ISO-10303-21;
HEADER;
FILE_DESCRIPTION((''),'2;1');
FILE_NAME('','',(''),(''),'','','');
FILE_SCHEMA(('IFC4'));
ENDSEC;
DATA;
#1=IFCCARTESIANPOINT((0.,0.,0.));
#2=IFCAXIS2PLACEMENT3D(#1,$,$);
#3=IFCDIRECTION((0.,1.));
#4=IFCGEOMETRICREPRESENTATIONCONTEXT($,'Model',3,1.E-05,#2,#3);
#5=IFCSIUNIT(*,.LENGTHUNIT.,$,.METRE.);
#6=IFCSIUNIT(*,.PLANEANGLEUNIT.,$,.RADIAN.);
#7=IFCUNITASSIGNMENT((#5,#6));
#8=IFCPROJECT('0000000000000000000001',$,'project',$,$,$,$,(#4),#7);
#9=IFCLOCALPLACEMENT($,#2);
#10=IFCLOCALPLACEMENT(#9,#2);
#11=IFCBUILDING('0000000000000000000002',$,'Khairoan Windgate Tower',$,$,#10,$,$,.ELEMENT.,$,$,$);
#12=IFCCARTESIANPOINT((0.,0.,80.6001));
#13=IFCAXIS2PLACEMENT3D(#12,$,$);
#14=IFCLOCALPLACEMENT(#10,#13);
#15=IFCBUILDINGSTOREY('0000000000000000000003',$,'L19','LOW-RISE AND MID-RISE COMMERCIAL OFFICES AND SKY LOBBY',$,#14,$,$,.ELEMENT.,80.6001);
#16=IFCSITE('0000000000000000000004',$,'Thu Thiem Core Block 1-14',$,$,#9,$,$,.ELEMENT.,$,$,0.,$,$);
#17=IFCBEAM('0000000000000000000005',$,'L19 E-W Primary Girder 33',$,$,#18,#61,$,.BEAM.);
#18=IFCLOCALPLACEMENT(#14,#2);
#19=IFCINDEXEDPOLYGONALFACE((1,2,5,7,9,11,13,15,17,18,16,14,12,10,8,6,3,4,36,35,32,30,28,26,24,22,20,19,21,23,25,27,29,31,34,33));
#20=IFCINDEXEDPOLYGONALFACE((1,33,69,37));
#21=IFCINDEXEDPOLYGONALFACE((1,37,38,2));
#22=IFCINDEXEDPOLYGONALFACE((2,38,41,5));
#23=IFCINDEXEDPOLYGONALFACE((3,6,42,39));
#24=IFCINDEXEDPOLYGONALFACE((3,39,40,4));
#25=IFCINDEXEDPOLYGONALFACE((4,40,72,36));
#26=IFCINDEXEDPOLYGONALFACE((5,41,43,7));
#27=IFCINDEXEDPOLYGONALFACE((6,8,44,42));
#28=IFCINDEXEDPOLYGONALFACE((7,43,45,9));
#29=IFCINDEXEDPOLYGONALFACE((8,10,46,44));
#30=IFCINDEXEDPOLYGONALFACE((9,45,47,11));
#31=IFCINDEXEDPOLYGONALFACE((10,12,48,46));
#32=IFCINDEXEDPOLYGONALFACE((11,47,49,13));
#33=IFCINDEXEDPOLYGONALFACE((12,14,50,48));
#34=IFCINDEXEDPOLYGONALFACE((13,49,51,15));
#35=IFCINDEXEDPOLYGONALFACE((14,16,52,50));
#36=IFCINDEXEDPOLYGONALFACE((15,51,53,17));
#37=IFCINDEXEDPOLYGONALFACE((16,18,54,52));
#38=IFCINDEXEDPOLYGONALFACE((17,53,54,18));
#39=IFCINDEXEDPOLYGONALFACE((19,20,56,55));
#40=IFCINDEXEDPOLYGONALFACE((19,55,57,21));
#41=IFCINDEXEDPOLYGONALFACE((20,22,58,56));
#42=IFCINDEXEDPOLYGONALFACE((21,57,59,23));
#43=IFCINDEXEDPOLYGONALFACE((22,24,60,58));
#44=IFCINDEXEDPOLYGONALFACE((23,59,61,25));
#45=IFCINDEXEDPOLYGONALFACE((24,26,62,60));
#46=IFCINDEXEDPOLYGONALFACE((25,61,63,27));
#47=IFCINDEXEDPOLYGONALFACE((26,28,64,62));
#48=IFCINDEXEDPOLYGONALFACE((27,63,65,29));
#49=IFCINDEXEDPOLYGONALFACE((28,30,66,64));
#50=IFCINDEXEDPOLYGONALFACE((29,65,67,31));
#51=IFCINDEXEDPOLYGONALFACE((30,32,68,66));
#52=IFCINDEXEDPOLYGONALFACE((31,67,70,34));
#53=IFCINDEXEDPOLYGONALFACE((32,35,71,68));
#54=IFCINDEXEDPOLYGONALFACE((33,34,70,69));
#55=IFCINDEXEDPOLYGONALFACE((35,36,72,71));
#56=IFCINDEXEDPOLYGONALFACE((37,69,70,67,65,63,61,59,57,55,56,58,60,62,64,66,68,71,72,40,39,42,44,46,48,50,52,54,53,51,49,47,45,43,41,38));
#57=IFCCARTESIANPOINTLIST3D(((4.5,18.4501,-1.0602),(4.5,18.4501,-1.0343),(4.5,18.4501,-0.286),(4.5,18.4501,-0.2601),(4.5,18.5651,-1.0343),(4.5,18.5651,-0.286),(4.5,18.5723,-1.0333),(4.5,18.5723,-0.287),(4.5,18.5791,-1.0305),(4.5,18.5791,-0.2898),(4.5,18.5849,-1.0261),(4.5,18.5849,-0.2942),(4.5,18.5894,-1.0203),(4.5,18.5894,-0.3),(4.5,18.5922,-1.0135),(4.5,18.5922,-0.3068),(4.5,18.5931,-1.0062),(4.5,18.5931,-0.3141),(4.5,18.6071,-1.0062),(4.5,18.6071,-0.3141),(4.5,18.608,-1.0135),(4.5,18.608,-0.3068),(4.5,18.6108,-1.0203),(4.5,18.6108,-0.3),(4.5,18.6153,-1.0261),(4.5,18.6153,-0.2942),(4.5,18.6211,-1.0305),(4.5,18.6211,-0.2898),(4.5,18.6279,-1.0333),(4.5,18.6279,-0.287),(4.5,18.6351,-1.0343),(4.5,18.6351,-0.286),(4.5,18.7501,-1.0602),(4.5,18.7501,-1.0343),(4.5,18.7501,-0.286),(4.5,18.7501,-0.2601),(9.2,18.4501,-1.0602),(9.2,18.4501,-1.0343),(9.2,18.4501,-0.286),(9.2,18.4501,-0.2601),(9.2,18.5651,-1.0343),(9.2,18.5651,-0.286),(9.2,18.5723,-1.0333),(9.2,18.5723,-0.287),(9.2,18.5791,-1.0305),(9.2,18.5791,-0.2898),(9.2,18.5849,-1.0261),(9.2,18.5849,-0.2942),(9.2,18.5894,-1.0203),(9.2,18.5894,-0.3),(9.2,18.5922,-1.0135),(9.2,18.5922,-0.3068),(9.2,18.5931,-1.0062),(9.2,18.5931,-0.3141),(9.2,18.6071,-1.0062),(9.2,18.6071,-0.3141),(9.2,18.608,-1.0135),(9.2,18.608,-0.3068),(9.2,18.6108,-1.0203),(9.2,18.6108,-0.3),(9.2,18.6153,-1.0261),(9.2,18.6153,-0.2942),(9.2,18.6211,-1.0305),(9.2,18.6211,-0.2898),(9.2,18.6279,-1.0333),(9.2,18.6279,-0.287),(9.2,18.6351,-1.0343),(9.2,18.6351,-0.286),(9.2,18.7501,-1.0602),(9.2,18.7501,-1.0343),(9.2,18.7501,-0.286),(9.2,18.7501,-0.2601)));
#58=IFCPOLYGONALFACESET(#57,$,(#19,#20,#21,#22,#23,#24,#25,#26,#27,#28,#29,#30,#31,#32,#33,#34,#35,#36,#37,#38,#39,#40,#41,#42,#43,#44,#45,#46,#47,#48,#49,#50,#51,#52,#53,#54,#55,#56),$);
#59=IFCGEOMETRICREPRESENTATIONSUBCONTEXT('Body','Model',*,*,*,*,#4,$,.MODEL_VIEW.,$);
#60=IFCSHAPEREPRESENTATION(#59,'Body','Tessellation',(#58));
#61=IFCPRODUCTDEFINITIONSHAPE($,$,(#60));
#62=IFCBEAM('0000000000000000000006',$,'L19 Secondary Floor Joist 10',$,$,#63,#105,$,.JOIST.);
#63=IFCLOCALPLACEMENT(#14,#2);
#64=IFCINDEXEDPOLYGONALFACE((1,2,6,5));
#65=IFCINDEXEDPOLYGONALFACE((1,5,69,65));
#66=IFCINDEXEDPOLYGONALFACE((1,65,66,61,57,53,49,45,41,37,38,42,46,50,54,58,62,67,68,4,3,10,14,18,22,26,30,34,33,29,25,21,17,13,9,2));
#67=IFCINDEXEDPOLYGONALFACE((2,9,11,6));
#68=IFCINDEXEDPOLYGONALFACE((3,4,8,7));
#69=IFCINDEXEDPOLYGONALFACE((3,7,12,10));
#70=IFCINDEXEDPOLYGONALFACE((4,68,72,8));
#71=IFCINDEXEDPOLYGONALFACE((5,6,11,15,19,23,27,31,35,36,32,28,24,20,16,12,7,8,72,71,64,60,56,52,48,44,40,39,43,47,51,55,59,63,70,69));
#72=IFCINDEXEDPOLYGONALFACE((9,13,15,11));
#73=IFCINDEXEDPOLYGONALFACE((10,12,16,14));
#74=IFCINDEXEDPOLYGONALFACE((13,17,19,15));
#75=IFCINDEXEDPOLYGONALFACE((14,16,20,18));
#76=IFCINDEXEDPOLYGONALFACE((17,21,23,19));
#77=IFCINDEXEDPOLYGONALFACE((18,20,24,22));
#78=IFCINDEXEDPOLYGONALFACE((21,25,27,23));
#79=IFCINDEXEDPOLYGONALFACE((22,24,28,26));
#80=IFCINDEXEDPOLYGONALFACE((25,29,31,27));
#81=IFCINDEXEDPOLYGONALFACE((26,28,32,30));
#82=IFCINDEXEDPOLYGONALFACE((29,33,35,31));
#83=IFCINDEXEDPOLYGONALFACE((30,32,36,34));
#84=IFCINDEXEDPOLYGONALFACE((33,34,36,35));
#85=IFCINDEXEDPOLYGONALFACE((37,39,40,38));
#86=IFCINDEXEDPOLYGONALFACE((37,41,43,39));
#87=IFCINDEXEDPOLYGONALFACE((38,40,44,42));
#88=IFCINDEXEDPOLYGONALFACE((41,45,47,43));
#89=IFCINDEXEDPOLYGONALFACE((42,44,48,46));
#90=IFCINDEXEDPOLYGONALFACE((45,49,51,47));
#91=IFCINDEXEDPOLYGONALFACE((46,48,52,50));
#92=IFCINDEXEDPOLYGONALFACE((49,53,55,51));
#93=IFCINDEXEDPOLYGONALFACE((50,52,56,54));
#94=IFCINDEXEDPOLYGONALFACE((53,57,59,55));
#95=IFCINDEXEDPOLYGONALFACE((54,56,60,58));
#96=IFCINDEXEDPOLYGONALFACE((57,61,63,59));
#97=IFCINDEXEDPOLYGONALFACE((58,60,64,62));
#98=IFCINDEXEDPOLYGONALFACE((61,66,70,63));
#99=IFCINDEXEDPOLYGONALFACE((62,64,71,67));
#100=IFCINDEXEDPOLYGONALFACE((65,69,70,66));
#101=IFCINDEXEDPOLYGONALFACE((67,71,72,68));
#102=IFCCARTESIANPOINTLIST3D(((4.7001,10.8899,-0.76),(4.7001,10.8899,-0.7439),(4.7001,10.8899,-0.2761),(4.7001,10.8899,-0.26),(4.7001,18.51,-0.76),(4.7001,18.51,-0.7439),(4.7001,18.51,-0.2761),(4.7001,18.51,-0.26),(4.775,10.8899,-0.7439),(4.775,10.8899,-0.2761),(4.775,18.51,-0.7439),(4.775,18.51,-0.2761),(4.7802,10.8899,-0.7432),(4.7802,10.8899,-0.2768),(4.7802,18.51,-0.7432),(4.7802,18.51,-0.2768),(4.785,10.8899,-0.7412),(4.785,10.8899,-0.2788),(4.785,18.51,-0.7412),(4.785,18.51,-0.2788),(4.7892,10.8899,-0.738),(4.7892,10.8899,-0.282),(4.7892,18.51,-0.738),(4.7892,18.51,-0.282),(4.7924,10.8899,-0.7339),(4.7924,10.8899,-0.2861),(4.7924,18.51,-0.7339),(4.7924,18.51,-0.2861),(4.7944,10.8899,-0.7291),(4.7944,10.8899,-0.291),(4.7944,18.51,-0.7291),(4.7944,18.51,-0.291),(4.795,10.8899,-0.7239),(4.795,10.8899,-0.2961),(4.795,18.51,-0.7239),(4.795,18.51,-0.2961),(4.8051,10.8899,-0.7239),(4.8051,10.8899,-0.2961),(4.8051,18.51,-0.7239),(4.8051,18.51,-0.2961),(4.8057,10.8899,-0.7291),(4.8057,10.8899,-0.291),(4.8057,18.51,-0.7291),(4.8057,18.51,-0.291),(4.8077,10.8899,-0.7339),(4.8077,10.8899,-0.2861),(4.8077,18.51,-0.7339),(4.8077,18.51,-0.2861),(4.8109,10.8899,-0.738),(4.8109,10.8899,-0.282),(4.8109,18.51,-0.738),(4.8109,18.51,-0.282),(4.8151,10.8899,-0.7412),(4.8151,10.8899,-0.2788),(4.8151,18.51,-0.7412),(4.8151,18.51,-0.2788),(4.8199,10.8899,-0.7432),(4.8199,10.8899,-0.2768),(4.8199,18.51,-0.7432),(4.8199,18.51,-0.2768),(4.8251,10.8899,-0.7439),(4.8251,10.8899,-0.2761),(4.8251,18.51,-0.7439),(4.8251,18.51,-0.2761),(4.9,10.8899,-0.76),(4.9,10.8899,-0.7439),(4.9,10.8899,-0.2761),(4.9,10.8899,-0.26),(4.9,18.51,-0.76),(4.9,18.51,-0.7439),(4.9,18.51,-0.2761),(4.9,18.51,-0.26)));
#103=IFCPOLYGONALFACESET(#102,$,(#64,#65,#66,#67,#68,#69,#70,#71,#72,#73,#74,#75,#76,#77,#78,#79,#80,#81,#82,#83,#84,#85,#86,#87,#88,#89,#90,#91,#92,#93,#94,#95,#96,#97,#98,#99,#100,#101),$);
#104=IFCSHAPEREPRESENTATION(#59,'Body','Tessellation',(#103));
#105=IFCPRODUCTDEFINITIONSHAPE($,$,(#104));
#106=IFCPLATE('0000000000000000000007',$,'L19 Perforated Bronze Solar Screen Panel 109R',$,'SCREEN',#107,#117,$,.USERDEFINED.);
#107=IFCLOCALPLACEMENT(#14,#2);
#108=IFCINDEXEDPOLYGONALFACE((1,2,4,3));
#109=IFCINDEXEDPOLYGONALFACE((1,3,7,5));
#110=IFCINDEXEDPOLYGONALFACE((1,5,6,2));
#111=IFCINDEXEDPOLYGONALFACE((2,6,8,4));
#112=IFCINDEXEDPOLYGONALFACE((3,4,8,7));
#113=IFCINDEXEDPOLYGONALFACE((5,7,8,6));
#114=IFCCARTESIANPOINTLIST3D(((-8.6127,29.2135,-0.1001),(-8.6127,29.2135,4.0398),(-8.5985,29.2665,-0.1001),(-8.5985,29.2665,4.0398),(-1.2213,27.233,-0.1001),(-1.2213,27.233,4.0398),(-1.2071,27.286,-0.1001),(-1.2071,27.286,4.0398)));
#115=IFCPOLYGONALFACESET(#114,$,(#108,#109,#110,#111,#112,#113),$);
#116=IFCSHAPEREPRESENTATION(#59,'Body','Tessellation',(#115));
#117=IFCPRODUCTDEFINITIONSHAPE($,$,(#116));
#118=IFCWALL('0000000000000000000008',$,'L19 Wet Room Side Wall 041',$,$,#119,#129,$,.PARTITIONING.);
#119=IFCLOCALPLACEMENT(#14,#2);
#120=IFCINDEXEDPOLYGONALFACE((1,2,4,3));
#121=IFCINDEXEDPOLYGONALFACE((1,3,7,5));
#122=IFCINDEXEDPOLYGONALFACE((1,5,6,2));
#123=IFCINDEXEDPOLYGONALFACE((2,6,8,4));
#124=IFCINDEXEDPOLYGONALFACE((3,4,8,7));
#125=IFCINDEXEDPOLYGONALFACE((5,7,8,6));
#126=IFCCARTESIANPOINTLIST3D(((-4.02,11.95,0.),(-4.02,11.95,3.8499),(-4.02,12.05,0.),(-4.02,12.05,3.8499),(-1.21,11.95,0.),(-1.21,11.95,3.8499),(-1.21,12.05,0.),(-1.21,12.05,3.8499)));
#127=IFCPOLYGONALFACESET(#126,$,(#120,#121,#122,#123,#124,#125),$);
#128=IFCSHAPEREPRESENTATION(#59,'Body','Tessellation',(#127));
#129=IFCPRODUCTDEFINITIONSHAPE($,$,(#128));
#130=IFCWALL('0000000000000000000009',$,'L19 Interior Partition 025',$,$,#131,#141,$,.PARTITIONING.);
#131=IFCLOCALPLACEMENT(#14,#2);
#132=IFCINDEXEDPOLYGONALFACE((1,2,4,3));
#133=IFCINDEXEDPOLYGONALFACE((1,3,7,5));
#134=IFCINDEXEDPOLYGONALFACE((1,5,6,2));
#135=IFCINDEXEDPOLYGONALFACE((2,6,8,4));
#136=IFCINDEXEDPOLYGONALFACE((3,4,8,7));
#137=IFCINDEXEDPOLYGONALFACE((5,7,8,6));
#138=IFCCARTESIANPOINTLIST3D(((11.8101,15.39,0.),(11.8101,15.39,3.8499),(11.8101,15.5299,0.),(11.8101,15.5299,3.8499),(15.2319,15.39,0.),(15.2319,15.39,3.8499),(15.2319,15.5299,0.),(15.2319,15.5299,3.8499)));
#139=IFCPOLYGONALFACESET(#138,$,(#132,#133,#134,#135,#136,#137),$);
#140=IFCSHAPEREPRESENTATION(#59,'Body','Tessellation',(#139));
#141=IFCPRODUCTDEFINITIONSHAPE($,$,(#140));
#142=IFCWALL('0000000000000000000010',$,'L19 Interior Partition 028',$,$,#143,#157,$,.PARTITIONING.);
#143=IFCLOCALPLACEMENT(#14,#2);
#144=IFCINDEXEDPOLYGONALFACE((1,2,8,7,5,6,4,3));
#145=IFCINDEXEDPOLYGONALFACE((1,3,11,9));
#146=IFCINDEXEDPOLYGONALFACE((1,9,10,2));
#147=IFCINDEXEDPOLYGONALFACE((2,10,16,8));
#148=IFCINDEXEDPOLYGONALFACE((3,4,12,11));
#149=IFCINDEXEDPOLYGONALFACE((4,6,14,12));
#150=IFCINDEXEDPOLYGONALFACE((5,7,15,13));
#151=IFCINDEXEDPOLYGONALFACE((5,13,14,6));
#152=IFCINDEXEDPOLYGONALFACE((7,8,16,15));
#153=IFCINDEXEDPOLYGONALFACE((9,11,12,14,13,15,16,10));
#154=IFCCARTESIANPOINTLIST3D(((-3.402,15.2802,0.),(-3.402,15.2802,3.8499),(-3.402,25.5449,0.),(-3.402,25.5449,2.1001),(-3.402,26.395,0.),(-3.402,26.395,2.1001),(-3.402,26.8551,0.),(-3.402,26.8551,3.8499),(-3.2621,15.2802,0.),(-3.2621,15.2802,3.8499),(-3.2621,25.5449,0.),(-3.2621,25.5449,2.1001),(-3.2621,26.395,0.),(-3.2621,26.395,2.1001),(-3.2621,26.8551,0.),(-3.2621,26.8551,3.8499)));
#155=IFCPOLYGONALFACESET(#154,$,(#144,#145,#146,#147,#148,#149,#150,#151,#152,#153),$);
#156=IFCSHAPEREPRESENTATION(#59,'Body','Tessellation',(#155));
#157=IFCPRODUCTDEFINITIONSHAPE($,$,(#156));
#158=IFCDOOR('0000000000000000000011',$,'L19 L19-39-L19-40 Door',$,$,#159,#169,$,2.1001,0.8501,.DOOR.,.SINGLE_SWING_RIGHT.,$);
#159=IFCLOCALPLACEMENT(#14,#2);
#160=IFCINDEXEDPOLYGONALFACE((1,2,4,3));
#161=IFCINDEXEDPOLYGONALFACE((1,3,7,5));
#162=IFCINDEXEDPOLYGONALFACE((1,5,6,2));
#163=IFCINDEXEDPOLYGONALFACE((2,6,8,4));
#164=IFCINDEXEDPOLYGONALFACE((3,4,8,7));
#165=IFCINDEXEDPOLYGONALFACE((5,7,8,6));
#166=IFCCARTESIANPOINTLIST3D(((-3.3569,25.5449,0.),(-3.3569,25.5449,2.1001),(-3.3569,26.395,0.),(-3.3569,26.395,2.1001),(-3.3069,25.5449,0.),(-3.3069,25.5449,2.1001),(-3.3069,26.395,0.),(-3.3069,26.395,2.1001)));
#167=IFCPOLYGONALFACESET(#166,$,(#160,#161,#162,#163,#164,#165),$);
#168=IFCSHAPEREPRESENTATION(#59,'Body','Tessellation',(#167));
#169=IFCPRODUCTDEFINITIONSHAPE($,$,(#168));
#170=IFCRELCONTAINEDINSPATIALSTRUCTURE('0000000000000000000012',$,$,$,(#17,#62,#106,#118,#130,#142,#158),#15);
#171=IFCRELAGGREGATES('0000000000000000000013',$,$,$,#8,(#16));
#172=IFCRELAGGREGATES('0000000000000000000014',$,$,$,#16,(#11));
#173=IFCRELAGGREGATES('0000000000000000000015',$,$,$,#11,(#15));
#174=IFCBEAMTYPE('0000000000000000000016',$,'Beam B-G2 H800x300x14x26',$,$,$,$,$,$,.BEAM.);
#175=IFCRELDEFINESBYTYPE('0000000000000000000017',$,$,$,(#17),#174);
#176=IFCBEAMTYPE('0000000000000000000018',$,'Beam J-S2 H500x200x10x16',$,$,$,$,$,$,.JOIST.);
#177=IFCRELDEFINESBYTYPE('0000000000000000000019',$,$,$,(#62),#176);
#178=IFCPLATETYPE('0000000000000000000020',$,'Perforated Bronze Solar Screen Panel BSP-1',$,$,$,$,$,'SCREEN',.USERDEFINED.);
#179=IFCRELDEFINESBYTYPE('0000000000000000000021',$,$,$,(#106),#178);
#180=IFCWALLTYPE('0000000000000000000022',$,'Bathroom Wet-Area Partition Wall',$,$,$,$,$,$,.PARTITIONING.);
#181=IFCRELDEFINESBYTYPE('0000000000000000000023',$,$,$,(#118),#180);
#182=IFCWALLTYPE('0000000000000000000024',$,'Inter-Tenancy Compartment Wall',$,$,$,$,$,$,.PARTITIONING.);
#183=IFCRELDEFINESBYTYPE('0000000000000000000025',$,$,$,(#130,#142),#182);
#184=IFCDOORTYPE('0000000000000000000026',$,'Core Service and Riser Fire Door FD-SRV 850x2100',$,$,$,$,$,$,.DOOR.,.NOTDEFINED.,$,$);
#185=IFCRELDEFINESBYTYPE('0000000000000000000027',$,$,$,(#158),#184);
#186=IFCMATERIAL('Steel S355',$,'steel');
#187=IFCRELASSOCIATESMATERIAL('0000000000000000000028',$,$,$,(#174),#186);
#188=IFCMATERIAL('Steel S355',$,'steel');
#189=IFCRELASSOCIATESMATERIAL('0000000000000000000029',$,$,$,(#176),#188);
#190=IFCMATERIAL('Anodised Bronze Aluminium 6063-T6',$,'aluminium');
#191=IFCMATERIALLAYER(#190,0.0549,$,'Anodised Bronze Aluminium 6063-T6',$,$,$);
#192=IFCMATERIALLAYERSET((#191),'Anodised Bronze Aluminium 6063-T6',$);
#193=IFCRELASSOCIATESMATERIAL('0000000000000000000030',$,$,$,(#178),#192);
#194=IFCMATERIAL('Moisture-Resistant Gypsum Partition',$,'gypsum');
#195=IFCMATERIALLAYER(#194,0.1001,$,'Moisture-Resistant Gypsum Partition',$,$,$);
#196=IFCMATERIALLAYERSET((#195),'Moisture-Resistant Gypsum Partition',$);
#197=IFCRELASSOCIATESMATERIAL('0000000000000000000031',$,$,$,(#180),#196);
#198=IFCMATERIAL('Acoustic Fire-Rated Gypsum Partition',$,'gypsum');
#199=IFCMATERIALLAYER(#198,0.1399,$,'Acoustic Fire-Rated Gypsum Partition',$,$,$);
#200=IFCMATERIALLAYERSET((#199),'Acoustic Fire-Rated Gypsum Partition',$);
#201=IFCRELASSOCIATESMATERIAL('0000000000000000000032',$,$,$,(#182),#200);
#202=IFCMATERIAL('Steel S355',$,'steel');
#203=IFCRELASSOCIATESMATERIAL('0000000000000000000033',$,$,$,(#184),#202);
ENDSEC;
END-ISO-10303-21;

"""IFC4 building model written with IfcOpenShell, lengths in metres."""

from ifc_helpers import new_model, si_unit, direction, frame, frame_2d, origin, origin_2d, place, context, subcontext, project, spatial, rectangle, i_section, extrude, material, layer, layer_set, material_profile, profile_set, type_object, element, fill, save


model = new_model("IFC4")

# Units and contexts
model_context = context("Model", 3, precision=1e-05, world=origin(), true_north=direction((0.0, 1.0)))
body_context = subcontext(model_context, "Body", "Model", "MODEL_VIEW")
ifc_project = project(units=[si_unit("LENGTHUNIT", "METRE"), si_unit("PLANEANGLEUNIT", "RADIAN")], contexts=[model_context])

# Site, building, storey
site_placement = place(None, origin())
site = spatial("IfcSite", under=ifc_project, at=site_placement, Name="Thu Thiem Core Block 1-14", CompositionType="ELEMENT", RefElevation=0.0)
building_placement = place(site_placement, origin())
building = spatial("IfcBuilding", under=site, at=building_placement, Name="Khairoan Windgate Tower", CompositionType="ELEMENT")
storey_placement = place(building_placement, frame((0.0, 0.0, 80.6001)))
storey = spatial("IfcBuildingStorey", under=building, at=storey_placement, Name="L19", Description="LOW-RISE AND MID-RISE COMMERCIAL OFFICES AND SKY LOBBY", CompositionType="ELEMENT", Elevation=80.6001)

# Beams
ifc_material_1 = material(Name="Steel S355", Category="steel")
ifc_material_profile_1 = material_profile(ifc_material_1, i_section(OverallWidth=0.3, OverallDepth=0.8, WebThickness=0.0139, FlangeThickness=0.0259, FilletRadius=0.0281, at=origin_2d()))
ifc_profile_set_1 = profile_set([ifc_material_profile_1], Name="Steel S355")
beam_type_1 = type_object("IfcBeamType", Name="Beam B-G2 H800x300x14x26", PredefinedType="BEAM", material=ifc_profile_set_1)
beam_1_placement = place(storey_placement, frame((4.5, 18.6001, -0.6602), z_axis=(1.0, 0.0, 0.0), x_axis=(0.0, 1.0, 0.0)))
element("IfcBeam", 1, at=beam_1_placement, inside=storey, type_object=beam_type_1, Name="L19 E-W Primary Girder 33", PredefinedType="BEAM", context=body_context, shape_type="SweptSolid", body=[
    extrude(i_section(OverallWidth=0.3, OverallDepth=0.8, WebThickness=0.0139, FlangeThickness=0.0259, FilletRadius=0.0281, at=origin_2d()), origin(), (0.0, 0.0, 1.0), 4.7),
])
ifc_material_2 = material(Name="Steel S355", Category="steel")
ifc_material_profile_2 = material_profile(ifc_material_2, i_section(OverallWidth=0.2, OverallDepth=0.5, WebThickness=0.01, FlangeThickness=0.0161, FilletRadius=0.02, at=origin_2d()))
ifc_profile_set_2 = profile_set([ifc_material_profile_2], Name="Steel S355")
beam_type_2 = type_object("IfcBeamType", Name="Beam J-S2 H500x200x10x16", PredefinedType="JOIST", material=ifc_profile_set_2)
beam_2_placement = place(storey_placement, frame((4.8, 10.8899, -0.51), z_axis=(0.0, 1.0, 0.0), x_axis=(-1.0, 0.0, 0.0)))
element("IfcBeam", 2, at=beam_2_placement, inside=storey, type_object=beam_type_2, Name="L19 Secondary Floor Joist 10", PredefinedType="JOIST", context=body_context, shape_type="SweptSolid", body=[
    extrude(i_section(OverallWidth=0.2, OverallDepth=0.5, WebThickness=0.01, FlangeThickness=0.0161, FilletRadius=0.02, at=origin_2d()), origin(), (0.0, 0.0, 1.0), 7.6201),
])

# Plate
ifc_material_3 = material(Name="Anodised Bronze Aluminium 6063-T6", Category="aluminium")
ifc_layer_1 = layer(ifc_material_3, 0.0549, Name="Anodised Bronze Aluminium 6063-T6")
ifc_layer_set_1 = layer_set([ifc_layer_1], Name="Anodised Bronze Aluminium 6063-T6")
plate_type = type_object("IfcPlateType", Name="Perforated Bronze Solar Screen Panel BSP-1", ElementType="SCREEN", PredefinedType="USERDEFINED", material=ifc_layer_set_1)
plate_placement = place(storey_placement, frame((-4.9099, 28.2498, -0.1001), z_axis=(0.0, 0.0, 1.0), x_axis=(0.965926, -0.258819, 0.0)))
element("IfcPlate", 3, at=plate_placement, inside=storey, type_object=plate_type, Name="L19 Perforated Bronze Solar Screen Panel 109R", ObjectType="SCREEN", PredefinedType="USERDEFINED", context=body_context, shape_type="SweptSolid", body=[
    extrude(rectangle(XDim=7.6521, YDim=0.0549, at=origin_2d()), origin(), (0.0, 0.0, 1.0), 4.1399),
])

# Walls
ifc_material_4 = material(Name="Moisture-Resistant Gypsum Partition", Category="gypsum")
ifc_layer_2 = layer(ifc_material_4, 0.1001, Name="Moisture-Resistant Gypsum Partition")
ifc_layer_set_2 = layer_set([ifc_layer_2], Name="Moisture-Resistant Gypsum Partition")
wall_type_1 = type_object("IfcWallType", Name="Bathroom Wet-Area Partition Wall", PredefinedType="PARTITIONING", material=ifc_layer_set_2)
wall_1_placement = place(storey_placement, frame((-4.02, 12.0, 0.0), z_axis=(0.0, 0.0, 1.0), x_axis=(1.0, 0.0, 0.0)))
element("IfcWall", 4, at=wall_1_placement, inside=storey, type_object=wall_type_1, Name="L19 Wet Room Side Wall 041", PredefinedType="PARTITIONING", context=body_context, shape_type="SweptSolid", body=[
    extrude(rectangle(XDim=2.8101, YDim=0.1001, at=frame_2d((1.405, 0.0))), origin(), (0.0, 0.0, 1.0), 3.8499),
])
ifc_material_5 = material(Name="Acoustic Fire-Rated Gypsum Partition", Category="gypsum")
ifc_layer_3 = layer(ifc_material_5, 0.1399, Name="Acoustic Fire-Rated Gypsum Partition")
ifc_layer_set_3 = layer_set([ifc_layer_3], Name="Acoustic Fire-Rated Gypsum Partition")
wall_type_2 = type_object("IfcWallType", Name="Inter-Tenancy Compartment Wall", PredefinedType="PARTITIONING", material=ifc_layer_set_3)
wall_2_placement = place(storey_placement, frame((11.8101, 15.46, 0.0), z_axis=(0.0, 0.0, 1.0), x_axis=(1.0, 0.0, 0.0)))
element("IfcWall", 5, at=wall_2_placement, inside=storey, type_object=wall_type_2, Name="L19 Interior Partition 025", PredefinedType="PARTITIONING", context=body_context, shape_type="SweptSolid", body=[
    extrude(rectangle(XDim=3.4219, YDim=0.1399, at=frame_2d((1.7109, 0.0))), origin(), (0.0, 0.0, 1.0), 3.8499),
])

# Wall, opening, door
wall_3_placement = place(storey_placement, frame((-3.332, 15.28, 0.0), z_axis=(0.0, 0.0, 1.0), x_axis=(0.0, 1.0, 0.0)))
wall_3 = element("IfcWall", 6, at=wall_3_placement, inside=storey, type_object=wall_type_2, Name="L19 Interior Partition 028", PredefinedType="PARTITIONING", context=body_context, shape_type="SweptSolid", body=[
    extrude(rectangle(XDim=11.575, YDim=0.1399, at=frame_2d((5.7876, 0.0))), origin(), (0.0, 0.0, 1.0), 3.8499),
])
opening_1_placement = place(wall_3_placement, frame((10.2649, 0.0, 0.0)))
opening_1 = element("IfcOpeningElement", 7, at=opening_1_placement, cuts=wall_3, PredefinedType="OPENING", context=body_context, shape_type="SweptSolid", body=[
    extrude(rectangle(XDim=0.8501, YDim=2.1001, at=frame_2d((0.425, 1.05))), frame((0.0, 0.0798, 0.0), z_axis=(0.0, -1.0, 0.0), x_axis=(1.0, 0.0, 0.0)), (0.0, 0.0, 1.0), 0.1599),
])
ifc_material_6 = material(Name="Steel S355", Category="steel")
door_type = type_object("IfcDoorType", Name="Core Service and Riser Fire Door FD-SRV 850x2100", OperationType="NOTDEFINED", PredefinedType="DOOR", material=ifc_material_6)
door_1_placement = place(opening_1_placement, origin())
door_1 = element("IfcDoor", 8, at=door_1_placement, inside=storey, type_object=door_type, Name="L19 L19-39-L19-40 Door", OperationType="SINGLE_SWING_RIGHT", OverallHeight=2.1001, OverallWidth=0.8501, PredefinedType="DOOR", context=body_context, shape_type="SweptSolid", body=[
    extrude(rectangle(XDim=0.8501, YDim=2.1001, at=frame_2d((0.425, 1.05))), frame((0.0, 0.0249, 0.0), z_axis=(0.0, -1.0, 0.0), x_axis=(1.0, 0.0, 0.0)), (0.0, 0.0, 1.0), 0.05),
])
fill(opening_1, door_1)

save(model, "model.ifc")
